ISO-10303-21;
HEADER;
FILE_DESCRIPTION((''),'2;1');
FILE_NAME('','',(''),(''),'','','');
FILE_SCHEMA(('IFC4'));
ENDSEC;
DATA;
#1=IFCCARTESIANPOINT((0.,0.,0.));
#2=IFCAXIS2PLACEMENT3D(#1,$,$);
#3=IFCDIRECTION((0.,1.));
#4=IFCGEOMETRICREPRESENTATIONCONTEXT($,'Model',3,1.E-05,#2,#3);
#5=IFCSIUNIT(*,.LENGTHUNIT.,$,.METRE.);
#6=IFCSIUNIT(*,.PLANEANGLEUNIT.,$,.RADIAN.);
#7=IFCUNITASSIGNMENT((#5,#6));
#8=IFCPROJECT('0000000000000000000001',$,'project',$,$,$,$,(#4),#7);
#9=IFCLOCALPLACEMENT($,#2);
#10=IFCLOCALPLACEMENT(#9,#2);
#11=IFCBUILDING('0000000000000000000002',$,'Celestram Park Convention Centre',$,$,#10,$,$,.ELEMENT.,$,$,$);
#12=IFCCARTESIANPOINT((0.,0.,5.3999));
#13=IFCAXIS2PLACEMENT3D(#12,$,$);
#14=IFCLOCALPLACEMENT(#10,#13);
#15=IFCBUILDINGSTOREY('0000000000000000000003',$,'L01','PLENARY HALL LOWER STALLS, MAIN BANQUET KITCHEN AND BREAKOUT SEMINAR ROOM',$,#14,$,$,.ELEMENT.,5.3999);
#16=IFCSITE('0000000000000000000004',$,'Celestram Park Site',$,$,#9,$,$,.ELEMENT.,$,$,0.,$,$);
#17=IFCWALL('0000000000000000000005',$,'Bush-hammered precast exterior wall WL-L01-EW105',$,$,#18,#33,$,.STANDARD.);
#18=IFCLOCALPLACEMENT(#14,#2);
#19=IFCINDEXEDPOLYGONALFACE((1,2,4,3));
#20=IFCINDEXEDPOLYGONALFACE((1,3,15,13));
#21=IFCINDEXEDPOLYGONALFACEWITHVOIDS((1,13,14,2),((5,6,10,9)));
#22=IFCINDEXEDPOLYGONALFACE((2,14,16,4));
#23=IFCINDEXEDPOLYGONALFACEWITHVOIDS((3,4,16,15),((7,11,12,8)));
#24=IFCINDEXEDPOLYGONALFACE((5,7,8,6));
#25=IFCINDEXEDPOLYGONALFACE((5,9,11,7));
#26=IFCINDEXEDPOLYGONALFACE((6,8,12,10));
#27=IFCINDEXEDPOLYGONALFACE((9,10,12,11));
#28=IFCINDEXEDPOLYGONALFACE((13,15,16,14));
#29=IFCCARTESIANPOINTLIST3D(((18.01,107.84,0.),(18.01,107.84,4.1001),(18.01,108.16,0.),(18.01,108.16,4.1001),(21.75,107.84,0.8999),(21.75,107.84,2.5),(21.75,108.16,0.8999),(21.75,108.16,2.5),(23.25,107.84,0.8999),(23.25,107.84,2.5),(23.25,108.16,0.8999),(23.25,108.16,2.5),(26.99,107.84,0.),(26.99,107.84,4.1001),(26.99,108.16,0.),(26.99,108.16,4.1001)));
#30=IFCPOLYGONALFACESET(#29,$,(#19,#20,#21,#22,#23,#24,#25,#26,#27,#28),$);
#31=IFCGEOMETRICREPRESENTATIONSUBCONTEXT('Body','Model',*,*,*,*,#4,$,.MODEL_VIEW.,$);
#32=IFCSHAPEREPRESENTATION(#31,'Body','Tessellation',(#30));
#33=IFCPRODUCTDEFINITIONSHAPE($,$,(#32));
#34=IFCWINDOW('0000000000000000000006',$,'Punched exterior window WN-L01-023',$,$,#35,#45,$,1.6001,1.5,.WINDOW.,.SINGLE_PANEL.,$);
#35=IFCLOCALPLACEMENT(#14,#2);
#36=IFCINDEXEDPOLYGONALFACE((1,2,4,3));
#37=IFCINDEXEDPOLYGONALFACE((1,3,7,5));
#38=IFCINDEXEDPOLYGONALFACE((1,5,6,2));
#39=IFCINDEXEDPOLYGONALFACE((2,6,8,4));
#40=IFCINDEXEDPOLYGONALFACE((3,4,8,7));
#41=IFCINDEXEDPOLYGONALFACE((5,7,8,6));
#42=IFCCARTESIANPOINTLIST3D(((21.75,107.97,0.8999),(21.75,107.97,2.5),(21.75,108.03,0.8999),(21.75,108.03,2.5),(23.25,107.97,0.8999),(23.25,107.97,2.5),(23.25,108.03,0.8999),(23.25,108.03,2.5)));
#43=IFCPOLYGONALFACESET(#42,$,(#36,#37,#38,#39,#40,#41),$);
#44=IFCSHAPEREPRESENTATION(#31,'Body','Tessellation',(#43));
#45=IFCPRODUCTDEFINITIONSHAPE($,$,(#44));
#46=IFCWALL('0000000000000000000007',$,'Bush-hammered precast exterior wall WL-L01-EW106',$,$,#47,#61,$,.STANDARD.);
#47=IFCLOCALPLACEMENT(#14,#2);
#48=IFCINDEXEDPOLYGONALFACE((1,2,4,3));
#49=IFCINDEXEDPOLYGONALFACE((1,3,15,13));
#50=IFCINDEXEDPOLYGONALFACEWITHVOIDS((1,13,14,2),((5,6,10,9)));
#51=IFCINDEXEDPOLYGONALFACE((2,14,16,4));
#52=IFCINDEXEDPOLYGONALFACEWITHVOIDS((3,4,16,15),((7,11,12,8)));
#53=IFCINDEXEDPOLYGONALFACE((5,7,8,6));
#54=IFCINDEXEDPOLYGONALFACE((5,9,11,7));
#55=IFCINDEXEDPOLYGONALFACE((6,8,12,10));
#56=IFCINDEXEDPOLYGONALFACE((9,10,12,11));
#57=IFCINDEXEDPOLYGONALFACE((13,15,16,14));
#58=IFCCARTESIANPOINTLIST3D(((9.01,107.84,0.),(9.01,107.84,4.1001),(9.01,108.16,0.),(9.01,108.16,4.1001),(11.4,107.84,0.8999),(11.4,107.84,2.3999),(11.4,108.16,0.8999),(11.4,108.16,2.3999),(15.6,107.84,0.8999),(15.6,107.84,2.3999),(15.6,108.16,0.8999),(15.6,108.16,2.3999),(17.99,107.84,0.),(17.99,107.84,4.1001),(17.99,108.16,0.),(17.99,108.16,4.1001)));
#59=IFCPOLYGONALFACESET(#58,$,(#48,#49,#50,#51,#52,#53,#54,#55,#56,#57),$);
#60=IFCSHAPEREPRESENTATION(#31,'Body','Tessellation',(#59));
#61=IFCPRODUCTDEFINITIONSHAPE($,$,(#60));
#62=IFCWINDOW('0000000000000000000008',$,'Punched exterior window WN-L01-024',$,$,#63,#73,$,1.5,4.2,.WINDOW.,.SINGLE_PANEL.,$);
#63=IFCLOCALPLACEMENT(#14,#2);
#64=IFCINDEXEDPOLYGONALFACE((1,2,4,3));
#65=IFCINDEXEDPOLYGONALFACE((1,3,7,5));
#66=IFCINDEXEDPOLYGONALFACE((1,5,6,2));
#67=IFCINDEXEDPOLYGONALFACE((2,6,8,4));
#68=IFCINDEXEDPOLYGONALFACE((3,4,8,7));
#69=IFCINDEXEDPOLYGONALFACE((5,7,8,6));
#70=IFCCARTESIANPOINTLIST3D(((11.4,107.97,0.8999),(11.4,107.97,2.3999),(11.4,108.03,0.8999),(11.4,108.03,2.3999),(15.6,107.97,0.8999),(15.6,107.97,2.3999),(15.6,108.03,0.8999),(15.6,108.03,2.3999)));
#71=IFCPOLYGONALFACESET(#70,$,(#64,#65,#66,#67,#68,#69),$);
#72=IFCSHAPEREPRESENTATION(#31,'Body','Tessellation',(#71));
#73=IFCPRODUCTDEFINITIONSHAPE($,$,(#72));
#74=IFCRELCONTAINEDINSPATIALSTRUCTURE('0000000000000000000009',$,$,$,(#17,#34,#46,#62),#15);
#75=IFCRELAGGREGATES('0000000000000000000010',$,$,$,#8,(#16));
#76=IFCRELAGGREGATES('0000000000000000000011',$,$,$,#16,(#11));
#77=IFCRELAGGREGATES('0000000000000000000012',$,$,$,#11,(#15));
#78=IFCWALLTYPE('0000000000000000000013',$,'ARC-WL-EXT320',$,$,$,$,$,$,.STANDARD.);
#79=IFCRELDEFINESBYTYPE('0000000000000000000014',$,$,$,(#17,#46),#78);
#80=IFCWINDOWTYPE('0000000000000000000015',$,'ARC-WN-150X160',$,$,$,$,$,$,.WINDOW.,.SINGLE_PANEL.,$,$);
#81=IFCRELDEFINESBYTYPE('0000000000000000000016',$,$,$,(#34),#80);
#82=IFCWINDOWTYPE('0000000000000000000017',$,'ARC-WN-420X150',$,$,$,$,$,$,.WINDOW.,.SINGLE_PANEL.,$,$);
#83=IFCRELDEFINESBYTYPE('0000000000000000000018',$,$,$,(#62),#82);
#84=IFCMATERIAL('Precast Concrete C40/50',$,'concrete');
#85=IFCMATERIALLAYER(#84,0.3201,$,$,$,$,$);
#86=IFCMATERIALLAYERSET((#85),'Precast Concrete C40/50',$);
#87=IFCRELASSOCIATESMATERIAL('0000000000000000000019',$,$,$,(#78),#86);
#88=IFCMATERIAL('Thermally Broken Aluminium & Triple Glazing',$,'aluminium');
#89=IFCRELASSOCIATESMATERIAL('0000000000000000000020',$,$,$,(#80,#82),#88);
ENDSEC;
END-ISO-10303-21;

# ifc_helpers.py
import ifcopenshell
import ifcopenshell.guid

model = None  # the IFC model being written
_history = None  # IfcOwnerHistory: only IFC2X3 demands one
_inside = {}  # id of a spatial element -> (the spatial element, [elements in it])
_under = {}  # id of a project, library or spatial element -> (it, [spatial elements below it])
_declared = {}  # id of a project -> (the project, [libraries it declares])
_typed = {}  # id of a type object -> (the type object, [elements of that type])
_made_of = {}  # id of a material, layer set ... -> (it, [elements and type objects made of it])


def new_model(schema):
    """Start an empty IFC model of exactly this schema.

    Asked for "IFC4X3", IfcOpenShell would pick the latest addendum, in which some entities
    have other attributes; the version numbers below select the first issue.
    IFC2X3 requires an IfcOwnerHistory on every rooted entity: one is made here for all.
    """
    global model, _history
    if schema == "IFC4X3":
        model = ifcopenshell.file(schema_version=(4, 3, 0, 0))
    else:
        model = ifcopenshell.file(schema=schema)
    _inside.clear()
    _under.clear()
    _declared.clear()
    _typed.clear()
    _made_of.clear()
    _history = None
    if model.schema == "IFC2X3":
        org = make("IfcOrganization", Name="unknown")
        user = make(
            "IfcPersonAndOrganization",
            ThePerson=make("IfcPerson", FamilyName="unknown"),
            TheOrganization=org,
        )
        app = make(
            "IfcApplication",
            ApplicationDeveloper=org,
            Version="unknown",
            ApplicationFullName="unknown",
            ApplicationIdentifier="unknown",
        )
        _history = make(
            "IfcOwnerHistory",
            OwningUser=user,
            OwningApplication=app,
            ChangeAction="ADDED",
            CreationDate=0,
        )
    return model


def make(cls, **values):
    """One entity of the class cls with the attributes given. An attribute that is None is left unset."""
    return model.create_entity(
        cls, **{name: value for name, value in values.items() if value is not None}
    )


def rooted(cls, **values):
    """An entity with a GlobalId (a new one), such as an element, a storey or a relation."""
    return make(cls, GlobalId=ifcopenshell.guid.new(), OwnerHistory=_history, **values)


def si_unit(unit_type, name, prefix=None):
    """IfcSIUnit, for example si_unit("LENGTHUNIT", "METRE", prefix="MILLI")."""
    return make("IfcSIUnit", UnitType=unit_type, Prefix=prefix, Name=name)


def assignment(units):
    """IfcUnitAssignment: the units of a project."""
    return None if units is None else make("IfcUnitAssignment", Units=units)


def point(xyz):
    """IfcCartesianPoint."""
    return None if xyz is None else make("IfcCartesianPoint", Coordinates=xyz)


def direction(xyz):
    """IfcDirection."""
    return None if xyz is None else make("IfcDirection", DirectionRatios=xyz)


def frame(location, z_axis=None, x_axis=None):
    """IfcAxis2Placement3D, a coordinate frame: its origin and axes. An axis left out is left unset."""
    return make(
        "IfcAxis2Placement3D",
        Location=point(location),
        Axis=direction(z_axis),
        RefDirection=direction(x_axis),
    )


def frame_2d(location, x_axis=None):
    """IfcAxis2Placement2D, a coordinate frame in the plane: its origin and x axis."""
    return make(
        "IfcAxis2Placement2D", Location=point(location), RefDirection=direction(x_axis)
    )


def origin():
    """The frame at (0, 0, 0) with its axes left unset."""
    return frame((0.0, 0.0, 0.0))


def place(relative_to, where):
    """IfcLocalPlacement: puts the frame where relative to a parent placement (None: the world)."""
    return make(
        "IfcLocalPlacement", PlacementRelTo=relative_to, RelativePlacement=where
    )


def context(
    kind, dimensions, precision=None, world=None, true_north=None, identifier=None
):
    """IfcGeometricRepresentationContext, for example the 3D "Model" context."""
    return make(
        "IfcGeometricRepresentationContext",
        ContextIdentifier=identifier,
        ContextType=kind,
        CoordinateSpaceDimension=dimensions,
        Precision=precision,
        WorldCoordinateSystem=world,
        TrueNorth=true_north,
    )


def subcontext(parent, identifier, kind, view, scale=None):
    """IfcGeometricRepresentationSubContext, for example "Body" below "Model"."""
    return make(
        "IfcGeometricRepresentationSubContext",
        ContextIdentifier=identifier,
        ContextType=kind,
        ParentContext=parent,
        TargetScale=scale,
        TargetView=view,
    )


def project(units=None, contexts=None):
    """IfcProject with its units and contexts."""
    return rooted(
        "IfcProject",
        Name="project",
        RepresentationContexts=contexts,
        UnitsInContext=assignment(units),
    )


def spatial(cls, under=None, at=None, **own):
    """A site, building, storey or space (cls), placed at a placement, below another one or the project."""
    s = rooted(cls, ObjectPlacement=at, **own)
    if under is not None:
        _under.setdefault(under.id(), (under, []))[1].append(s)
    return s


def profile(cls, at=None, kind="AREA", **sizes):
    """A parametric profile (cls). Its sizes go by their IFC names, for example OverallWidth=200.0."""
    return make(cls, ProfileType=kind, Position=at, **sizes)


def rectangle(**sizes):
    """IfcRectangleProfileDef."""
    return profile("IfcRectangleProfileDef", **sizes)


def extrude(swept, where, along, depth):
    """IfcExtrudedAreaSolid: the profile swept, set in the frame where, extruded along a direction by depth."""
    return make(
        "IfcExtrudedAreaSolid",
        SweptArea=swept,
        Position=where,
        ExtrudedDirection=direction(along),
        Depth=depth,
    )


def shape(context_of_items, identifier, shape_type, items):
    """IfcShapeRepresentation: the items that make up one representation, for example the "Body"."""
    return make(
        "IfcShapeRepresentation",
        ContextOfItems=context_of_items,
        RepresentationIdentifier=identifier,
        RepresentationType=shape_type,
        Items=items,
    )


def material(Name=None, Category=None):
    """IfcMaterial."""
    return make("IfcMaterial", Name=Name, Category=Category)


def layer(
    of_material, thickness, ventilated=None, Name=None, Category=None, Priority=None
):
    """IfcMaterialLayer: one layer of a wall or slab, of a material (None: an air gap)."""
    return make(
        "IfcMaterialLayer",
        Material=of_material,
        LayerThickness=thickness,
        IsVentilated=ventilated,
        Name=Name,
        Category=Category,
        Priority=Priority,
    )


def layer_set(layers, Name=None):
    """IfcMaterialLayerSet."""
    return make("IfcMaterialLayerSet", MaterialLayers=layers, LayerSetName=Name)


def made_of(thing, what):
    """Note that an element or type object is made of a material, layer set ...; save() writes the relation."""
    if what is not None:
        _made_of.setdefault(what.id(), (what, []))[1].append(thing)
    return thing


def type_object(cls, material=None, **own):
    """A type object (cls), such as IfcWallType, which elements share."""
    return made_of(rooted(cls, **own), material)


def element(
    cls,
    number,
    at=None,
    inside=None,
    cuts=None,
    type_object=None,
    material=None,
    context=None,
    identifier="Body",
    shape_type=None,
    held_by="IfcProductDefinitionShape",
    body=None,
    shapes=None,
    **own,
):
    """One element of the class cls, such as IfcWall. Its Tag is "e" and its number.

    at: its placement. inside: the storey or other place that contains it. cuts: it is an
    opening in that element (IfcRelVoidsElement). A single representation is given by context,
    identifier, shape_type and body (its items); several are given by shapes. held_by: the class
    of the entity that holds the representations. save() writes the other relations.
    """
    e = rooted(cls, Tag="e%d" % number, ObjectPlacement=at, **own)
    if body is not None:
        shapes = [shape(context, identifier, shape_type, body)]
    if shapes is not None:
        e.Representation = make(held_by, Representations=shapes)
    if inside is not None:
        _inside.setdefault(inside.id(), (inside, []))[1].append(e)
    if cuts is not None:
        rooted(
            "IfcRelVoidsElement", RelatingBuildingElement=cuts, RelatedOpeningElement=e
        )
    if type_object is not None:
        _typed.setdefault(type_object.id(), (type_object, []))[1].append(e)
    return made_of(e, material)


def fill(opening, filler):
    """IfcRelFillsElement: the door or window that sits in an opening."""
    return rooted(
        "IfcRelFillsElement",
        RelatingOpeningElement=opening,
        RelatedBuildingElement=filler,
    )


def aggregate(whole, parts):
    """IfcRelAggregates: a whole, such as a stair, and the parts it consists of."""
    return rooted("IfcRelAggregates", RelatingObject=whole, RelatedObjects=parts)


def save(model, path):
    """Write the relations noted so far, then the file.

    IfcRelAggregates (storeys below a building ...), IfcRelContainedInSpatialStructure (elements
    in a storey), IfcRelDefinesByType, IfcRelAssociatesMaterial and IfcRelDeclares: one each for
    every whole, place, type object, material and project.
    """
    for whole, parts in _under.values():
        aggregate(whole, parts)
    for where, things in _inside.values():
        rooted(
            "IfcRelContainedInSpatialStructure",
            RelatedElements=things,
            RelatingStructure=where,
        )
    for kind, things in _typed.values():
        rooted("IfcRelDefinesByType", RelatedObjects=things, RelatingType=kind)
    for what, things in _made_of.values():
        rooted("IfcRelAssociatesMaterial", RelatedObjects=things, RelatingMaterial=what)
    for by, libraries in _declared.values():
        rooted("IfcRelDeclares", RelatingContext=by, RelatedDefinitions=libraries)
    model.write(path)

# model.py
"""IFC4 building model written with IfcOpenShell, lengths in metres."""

from ifc_helpers import new_model, si_unit, direction, frame, frame_2d, origin, place, context, subcontext, project, spatial, rectangle, extrude, material, layer, layer_set, type_object, element, fill, save


model = new_model("IFC4")

# Units and contexts
model_context = context("Model", 3, precision=1e-05, world=origin(), true_north=direction((0.0, 1.0)))
body_context = subcontext(model_context, "Body", "Model", "MODEL_VIEW")
ifc_project = project(units=[si_unit("LENGTHUNIT", "METRE"), si_unit("PLANEANGLEUNIT", "RADIAN")], contexts=[model_context])

# Site, building, storey
site_placement = place(None, origin())
site = spatial("IfcSite", under=ifc_project, at=site_placement, Name="Celestram Park Site", CompositionType="ELEMENT", RefElevation=0.0)
building_placement = place(site_placement, origin())
building = spatial("IfcBuilding", under=site, at=building_placement, Name="Celestram Park Convention Centre", CompositionType="ELEMENT")
storey_placement = place(building_placement, frame((0.0, 0.0, 5.3999)))
storey = spatial("IfcBuildingStorey", under=building, at=storey_placement, Name="L01", Description="PLENARY HALL LOWER STALLS, MAIN BANQUET KITCHEN AND BREAKOUT SEMINAR ROOM", CompositionType="ELEMENT", Elevation=5.3999)

# Walls, openings, windows
ifc_material_1 = material(Name="Precast Concrete C40/50", Category="concrete")
ifc_layer_1 = layer(ifc_material_1, 0.3201)
ifc_layer_set_1 = layer_set([ifc_layer_1], Name="Precast Concrete C40/50")
wall_type = type_object("IfcWallType", Name="ARC-WL-EXT320", PredefinedType="STANDARD", material=ifc_layer_set_1)
wall_1_placement = place(storey_placement, frame((26.99, 108.0, 0.0), z_axis=(0.0, 0.0, 1.0), x_axis=(-1.0, 0.0, 0.0)))
wall_1 = element("IfcWall", 1, at=wall_1_placement, inside=storey, type_object=wall_type, Name="Bush-hammered precast exterior wall WL-L01-EW105", PredefinedType="STANDARD", context=body_context, shape_type="SweptSolid", body=[
    extrude(rectangle(XDim=8.98, YDim=0.3201, at=frame_2d((4.49, 0.0))), origin(), (0.0, 0.0, 1.0), 4.1001),
])
opening_1_placement = place(wall_1_placement, frame((3.74, 0.0, 0.8999)))
opening_1 = element("IfcOpeningElement", 2, at=opening_1_placement, cuts=wall_1, PredefinedType="OPENING", context=body_context, shape_type="SweptSolid", body=[
    extrude(rectangle(XDim=1.5, YDim=1.6001, at=frame_2d((0.75, 0.8))), frame((0.0, 0.1699, 0.0), z_axis=(0.0, -1.0, 0.0), x_axis=(1.0, 0.0, 0.0)), (0.0, 0.0, 1.0), 0.3401),
])
ifc_material_2 = material(Name="Thermally Broken Aluminium & Triple Glazing", Category="aluminium")
window_type_1 = type_object("IfcWindowType", Name="ARC-WN-150X160", PartitioningType="SINGLE_PANEL", PredefinedType="WINDOW", material=ifc_material_2)
window_1_placement = place(opening_1_placement, origin())
window_1 = element("IfcWindow", 3, at=window_1_placement, inside=storey, type_object=window_type_1, Name="Punched exterior window WN-L01-023", OverallHeight=1.6001, OverallWidth=1.5, PartitioningType="SINGLE_PANEL", PredefinedType="WINDOW", context=body_context, shape_type="SweptSolid", body=[
    extrude(rectangle(XDim=1.5, YDim=1.6001, at=frame_2d((0.75, 0.8))), frame((0.0, 0.03, 0.0), z_axis=(0.0, -1.0, 0.0), x_axis=(1.0, 0.0, 0.0)), (0.0, 0.0, 1.0), 0.0601),
])
fill(opening_1, window_1)
wall_2_placement = place(storey_placement, frame((17.99, 108.0, 0.0), z_axis=(0.0, 0.0, 1.0), x_axis=(-1.0, 0.0, 0.0)))
wall_2 = element("IfcWall", 4, at=wall_2_placement, inside=storey, type_object=wall_type, Name="Bush-hammered precast exterior wall WL-L01-EW106", PredefinedType="STANDARD", context=body_context, shape_type="SweptSolid", body=[
    extrude(rectangle(XDim=8.98, YDim=0.3201, at=frame_2d((4.49, 0.0))), origin(), (0.0, 0.0, 1.0), 4.1001),
])
opening_2_placement = place(wall_2_placement, frame((2.3899, 0.0, 0.8999)))
opening_2 = element("IfcOpeningElement", 5, at=opening_2_placement, cuts=wall_2, PredefinedType="OPENING", context=body_context, shape_type="SweptSolid", body=[
    extrude(rectangle(XDim=4.2, YDim=1.5, at=frame_2d((2.1001, 0.75))), frame((0.0, 0.1699, 0.0), z_axis=(0.0, -1.0, 0.0), x_axis=(1.0, 0.0, 0.0)), (0.0, 0.0, 1.0), 0.3401),
])
window_type_2 = type_object("IfcWindowType", Name="ARC-WN-420X150", PartitioningType="SINGLE_PANEL", PredefinedType="WINDOW", material=ifc_material_2)
window_2_placement = place(opening_2_placement, origin())
window_2 = element("IfcWindow", 6, at=window_2_placement, inside=storey, type_object=window_type_2, Name="Punched exterior window WN-L01-024", OverallHeight=1.5, OverallWidth=4.2, PartitioningType="SINGLE_PANEL", PredefinedType="WINDOW", context=body_context, shape_type="SweptSolid", body=[
    extrude(rectangle(XDim=4.2, YDim=1.5, at=frame_2d((2.1001, 0.75))), frame((0.0, 0.03, 0.0), z_axis=(0.0, -1.0, 0.0), x_axis=(1.0, 0.0, 0.0)), (0.0, 0.0, 1.0), 0.0601),
])
fill(opening_2, window_2)

save(model, "model.ifc")
